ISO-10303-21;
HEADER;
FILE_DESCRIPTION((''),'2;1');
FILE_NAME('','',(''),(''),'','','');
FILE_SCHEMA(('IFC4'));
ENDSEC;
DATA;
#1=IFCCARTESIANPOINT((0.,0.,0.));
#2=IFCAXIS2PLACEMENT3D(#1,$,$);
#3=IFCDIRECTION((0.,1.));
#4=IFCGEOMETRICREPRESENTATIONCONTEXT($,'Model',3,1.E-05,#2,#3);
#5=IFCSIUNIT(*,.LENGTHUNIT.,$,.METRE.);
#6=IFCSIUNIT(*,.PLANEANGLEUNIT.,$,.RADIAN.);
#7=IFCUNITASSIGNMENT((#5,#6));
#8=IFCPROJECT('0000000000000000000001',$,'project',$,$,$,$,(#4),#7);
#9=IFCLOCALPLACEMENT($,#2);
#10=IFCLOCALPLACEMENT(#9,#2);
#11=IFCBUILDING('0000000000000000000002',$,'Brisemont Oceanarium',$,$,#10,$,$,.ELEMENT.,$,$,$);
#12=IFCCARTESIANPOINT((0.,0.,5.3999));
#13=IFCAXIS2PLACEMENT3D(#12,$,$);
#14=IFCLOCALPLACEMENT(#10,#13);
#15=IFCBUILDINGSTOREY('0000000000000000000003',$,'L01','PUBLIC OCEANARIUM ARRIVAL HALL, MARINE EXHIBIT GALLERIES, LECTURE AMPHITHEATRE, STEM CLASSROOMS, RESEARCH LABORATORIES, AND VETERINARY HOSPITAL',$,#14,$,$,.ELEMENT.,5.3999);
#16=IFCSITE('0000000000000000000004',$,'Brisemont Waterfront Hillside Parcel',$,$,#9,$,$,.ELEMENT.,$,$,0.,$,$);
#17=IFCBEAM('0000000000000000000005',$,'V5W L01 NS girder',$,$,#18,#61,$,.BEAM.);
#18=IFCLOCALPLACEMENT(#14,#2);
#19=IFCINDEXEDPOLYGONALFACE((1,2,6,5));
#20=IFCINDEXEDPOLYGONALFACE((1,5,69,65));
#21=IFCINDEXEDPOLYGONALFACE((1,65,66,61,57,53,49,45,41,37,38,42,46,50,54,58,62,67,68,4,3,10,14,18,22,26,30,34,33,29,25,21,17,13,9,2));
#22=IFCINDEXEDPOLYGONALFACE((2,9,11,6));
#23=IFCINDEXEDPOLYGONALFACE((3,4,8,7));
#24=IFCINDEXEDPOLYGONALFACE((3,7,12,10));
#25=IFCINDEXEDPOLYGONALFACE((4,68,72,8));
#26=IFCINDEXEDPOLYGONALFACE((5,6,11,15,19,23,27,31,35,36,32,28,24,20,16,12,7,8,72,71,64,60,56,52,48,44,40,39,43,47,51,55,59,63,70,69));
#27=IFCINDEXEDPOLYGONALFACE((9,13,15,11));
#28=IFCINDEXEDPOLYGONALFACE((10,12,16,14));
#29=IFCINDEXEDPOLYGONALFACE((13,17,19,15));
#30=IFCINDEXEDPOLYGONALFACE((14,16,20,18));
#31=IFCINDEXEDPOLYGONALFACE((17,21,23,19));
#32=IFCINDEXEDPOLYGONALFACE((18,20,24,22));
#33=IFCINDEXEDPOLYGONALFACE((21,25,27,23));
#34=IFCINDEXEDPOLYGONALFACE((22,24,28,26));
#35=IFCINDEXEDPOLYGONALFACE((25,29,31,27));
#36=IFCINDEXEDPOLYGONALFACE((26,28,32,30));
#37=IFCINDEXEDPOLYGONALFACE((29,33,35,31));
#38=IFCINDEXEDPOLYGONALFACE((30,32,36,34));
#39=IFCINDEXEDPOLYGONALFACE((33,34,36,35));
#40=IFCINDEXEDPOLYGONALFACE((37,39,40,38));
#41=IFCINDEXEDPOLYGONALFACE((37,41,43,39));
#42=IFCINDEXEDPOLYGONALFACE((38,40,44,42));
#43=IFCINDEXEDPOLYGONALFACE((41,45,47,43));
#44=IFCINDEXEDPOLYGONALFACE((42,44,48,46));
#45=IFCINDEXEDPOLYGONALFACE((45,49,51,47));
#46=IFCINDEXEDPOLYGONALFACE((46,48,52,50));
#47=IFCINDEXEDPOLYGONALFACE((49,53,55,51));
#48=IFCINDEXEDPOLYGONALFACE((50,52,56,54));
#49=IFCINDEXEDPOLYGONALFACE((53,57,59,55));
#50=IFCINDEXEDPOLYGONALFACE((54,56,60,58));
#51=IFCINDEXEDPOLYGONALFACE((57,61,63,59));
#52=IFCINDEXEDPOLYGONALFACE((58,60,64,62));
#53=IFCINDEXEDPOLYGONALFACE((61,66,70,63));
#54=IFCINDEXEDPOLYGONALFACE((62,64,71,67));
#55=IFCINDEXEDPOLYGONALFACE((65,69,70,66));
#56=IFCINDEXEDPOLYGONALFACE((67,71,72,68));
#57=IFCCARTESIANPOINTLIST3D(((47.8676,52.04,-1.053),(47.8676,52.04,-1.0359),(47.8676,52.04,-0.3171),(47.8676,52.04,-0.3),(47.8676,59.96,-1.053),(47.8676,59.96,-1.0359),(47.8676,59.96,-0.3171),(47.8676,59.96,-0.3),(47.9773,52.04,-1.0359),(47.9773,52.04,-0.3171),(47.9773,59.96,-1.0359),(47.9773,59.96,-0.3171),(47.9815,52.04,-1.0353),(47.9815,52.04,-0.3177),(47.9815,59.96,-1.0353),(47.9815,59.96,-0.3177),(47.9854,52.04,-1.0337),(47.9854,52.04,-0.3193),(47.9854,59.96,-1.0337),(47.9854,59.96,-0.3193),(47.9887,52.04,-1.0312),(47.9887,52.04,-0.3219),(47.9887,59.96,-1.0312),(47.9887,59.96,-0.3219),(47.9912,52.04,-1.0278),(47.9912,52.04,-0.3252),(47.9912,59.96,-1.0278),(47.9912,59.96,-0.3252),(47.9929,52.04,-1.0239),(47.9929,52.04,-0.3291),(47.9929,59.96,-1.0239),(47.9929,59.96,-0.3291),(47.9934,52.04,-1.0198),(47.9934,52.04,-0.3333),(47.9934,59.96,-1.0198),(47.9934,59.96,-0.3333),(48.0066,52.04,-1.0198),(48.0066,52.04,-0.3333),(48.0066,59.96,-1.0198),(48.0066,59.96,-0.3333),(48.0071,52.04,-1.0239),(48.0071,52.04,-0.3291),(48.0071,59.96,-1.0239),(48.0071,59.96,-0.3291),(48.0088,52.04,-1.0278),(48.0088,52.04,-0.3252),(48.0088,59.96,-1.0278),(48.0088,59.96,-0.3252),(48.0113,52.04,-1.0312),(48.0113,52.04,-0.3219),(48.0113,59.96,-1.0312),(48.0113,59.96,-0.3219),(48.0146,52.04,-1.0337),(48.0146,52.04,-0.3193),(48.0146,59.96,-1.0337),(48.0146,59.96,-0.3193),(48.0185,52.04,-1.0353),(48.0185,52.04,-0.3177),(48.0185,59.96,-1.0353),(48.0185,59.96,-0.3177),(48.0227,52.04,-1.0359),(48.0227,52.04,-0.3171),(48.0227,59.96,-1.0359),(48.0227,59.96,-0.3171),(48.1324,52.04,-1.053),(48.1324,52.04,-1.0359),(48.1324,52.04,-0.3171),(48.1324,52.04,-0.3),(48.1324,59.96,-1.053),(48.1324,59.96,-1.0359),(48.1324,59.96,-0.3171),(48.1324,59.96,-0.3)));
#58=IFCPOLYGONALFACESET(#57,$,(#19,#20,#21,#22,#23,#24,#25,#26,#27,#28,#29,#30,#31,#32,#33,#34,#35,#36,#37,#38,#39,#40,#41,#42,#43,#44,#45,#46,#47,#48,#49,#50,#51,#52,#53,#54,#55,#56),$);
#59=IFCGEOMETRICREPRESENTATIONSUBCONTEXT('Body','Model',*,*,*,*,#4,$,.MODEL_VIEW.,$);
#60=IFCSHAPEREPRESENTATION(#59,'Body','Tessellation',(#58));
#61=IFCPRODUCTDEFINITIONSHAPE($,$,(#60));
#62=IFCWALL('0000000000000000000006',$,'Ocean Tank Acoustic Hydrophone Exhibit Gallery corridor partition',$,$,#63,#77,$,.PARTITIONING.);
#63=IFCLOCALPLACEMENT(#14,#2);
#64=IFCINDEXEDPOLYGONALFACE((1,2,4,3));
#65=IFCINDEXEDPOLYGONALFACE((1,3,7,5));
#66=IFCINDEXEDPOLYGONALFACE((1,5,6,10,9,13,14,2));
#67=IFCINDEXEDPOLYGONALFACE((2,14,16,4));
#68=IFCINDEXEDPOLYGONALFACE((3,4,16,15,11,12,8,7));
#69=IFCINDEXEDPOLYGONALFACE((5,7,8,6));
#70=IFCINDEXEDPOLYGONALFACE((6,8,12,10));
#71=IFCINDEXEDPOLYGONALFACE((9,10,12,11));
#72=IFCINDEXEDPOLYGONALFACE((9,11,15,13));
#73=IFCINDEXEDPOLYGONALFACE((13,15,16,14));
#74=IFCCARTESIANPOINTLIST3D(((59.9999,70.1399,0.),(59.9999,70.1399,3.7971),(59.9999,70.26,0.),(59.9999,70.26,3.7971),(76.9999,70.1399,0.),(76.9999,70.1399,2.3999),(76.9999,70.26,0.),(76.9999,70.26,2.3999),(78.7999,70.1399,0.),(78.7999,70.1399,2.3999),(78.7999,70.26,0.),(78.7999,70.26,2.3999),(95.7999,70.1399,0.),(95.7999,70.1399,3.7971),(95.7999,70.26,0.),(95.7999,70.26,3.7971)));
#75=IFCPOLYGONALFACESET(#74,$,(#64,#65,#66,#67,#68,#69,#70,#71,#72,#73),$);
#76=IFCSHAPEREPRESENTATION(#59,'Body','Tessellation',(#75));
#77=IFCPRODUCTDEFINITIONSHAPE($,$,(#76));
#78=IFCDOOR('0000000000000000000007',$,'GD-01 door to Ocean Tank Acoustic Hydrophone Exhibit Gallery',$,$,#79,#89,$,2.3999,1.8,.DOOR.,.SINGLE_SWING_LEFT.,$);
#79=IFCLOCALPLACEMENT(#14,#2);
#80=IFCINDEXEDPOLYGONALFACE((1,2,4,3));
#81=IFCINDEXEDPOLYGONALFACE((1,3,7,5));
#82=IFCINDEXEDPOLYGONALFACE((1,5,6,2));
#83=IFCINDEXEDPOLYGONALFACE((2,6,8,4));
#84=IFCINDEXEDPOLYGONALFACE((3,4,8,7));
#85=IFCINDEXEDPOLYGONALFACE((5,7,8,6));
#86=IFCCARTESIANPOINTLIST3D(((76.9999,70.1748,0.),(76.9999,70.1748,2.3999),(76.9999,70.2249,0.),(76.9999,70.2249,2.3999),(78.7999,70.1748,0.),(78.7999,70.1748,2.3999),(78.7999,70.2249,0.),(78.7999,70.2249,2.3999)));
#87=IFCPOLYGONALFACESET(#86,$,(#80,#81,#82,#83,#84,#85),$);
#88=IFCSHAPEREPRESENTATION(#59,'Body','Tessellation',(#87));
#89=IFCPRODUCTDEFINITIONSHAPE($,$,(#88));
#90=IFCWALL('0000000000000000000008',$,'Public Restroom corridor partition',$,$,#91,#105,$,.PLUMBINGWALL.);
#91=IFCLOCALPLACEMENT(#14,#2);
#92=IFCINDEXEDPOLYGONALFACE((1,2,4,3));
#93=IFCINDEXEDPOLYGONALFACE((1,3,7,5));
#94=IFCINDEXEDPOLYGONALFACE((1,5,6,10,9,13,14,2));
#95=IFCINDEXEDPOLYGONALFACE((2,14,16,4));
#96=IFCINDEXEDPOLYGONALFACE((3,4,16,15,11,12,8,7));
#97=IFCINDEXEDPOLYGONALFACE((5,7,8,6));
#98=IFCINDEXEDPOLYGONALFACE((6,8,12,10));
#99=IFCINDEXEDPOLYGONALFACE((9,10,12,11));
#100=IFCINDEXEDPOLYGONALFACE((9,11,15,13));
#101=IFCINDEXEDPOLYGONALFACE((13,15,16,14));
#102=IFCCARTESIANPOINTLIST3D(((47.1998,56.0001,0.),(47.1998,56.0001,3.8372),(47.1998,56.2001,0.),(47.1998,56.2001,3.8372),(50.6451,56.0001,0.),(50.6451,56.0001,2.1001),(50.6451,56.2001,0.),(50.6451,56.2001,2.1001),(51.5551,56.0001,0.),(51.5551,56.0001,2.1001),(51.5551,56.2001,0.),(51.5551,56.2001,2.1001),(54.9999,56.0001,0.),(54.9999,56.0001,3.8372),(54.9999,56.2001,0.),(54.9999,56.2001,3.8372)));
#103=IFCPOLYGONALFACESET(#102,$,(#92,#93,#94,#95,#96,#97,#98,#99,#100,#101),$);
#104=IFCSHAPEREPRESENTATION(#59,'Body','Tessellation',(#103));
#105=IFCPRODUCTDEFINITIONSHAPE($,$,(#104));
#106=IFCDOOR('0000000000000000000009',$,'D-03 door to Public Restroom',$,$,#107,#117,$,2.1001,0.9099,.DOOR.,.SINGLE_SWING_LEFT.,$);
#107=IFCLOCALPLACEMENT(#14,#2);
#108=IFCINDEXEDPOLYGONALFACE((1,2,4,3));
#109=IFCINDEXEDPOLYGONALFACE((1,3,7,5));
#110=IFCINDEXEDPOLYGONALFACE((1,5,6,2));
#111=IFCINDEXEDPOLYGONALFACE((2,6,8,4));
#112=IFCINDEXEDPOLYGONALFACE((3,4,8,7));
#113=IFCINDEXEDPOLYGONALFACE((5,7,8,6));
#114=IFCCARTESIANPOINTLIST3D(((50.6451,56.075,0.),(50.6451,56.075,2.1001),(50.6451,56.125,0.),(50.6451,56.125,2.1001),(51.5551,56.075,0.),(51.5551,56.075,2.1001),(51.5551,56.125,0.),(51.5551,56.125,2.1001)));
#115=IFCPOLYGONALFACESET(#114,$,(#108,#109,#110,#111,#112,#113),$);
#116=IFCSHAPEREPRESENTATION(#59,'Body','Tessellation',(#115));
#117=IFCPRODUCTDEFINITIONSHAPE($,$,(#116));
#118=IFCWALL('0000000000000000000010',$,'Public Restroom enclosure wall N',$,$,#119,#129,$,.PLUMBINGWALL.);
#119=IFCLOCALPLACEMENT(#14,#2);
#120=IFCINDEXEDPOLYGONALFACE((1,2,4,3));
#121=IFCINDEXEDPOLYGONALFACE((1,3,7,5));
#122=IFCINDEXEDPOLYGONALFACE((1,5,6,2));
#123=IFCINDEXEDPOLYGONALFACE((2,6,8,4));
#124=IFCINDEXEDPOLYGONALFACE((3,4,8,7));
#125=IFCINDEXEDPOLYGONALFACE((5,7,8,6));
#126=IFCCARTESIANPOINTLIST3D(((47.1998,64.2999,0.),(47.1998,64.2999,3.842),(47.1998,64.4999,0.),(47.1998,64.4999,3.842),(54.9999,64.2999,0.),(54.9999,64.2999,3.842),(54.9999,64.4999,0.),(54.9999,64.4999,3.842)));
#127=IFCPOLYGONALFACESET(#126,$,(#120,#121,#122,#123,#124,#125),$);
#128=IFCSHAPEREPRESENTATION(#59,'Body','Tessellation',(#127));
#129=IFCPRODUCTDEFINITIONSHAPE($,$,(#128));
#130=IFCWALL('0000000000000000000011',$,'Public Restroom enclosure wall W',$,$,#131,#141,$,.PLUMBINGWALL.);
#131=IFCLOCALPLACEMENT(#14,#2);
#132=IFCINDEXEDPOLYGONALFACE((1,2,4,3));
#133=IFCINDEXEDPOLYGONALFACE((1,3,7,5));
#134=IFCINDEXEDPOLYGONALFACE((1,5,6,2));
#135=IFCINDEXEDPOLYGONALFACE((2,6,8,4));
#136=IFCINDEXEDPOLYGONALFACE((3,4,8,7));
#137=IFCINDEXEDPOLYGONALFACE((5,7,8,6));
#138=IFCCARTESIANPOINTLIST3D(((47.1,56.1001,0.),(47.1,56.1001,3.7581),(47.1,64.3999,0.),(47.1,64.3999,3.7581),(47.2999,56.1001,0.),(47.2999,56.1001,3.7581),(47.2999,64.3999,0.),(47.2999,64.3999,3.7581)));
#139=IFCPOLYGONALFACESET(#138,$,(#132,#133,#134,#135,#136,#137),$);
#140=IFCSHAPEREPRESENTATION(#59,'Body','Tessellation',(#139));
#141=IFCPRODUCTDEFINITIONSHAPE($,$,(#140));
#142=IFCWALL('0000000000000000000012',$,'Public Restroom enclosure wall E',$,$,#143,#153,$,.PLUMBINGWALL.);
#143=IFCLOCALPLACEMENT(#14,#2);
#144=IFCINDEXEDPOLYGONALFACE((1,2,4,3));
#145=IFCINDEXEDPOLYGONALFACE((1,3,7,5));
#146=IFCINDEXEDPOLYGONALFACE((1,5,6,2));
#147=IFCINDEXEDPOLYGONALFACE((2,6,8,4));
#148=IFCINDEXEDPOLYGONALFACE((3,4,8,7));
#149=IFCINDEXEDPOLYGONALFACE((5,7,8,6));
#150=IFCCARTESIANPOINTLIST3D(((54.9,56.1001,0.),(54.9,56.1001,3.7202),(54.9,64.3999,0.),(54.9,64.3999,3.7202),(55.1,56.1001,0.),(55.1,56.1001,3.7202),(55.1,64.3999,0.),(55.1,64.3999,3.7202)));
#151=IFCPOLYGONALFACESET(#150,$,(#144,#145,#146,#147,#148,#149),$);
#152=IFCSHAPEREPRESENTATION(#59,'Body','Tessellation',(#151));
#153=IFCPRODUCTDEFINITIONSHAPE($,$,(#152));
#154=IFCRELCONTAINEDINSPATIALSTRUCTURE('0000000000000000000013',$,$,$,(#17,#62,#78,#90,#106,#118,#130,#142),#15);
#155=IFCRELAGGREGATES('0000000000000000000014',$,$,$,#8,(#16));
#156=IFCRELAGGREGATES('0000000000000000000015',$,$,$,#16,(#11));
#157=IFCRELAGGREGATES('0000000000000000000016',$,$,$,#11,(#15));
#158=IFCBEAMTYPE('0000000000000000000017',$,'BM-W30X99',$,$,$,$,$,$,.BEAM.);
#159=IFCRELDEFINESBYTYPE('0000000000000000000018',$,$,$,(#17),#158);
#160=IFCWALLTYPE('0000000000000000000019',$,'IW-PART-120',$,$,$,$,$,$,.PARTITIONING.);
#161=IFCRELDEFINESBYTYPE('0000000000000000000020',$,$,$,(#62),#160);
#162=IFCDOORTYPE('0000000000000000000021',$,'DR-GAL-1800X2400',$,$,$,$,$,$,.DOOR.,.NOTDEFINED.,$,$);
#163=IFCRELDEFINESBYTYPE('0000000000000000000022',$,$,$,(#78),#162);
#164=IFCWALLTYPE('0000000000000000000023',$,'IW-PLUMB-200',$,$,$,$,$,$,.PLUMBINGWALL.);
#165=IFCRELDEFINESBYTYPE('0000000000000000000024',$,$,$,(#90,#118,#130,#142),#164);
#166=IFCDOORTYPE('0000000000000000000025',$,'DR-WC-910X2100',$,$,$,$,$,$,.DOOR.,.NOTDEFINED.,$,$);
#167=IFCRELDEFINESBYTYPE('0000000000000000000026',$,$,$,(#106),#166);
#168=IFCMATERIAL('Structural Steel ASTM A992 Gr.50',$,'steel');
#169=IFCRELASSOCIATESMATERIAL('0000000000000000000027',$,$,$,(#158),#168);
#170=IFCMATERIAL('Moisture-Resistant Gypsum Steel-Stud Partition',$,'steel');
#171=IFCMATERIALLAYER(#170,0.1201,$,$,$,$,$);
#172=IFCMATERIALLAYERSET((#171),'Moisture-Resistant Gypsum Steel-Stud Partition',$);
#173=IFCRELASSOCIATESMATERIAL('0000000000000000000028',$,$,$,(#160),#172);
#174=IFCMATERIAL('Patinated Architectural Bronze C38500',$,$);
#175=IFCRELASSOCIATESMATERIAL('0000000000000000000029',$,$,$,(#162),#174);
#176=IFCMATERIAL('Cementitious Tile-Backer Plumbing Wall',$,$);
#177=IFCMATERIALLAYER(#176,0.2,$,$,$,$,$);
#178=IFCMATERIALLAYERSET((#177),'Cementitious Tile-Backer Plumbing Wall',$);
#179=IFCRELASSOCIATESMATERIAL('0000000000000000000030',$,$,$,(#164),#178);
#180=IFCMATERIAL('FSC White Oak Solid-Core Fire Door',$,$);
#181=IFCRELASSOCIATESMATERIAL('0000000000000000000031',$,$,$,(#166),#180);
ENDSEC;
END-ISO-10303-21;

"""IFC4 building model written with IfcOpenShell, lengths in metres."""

from ifc_helpers import new_model, si_unit, direction, frame, frame_2d, origin, origin_2d, place, context, subcontext, project, spatial, rectangle, i_section, extrude, material, layer, layer_set, material_profile, profile_set, type_object, element, fill, save


model = new_model("IFC4")

# Units and contexts
model_context = context("Model", 3, precision=1e-05, world=origin(), true_north=direction((0.0, 1.0)))
body_context = subcontext(model_context, "Body", "Model", "MODEL_VIEW")
ifc_project = project(units=[si_unit("LENGTHUNIT", "METRE"), si_unit("PLANEANGLEUNIT", "RADIAN")], contexts=[model_context])

# Site, building, storey
site_placement = place(None, origin())
site = spatial("IfcSite", under=ifc_project, at=site_placement, Name="Brisemont Waterfront Hillside Parcel", CompositionType="ELEMENT", RefElevation=0.0)
building_placement = place(site_placement, origin())
building = spatial("IfcBuilding", under=site, at=building_placement, Name="Brisemont Oceanarium", CompositionType="ELEMENT")
storey_placement = place(building_placement, frame((0.0, 0.0, 5.3999)))
storey = spatial("IfcBuildingStorey", under=building, at=storey_placement, Name="L01", Description="PUBLIC OCEANARIUM ARRIVAL HALL, MARINE EXHIBIT GALLERIES, LECTURE AMPHITHEATRE, STEM CLASSROOMS, RESEARCH LABORATORIES, AND VETERINARY HOSPITAL", CompositionType="ELEMENT", Elevation=5.3999)

# Beam
ifc_material_1 = material(Name="Structural Steel ASTM A992 Gr.50", Category="steel")
ifc_material_profile_1 = material_profile(ifc_material_1, i_section(OverallWidth=0.2649, OverallDepth=0.7529, WebThickness=0.0132, FlangeThickness=0.0171, FilletRadius=0.0161, at=origin_2d()), Name="W30X99")
ifc_profile_set_1 = profile_set([ifc_material_profile_1], Name="Structural Steel ASTM A992 Gr.50")
beam_type_1 = type_object("IfcBeamType", Name="BM-W30X99", PredefinedType="BEAM", material=ifc_profile_set_1)
beam_1_placement = place(storey_placement, frame((48.0, 52.04, -0.6765), z_axis=(0.0, 1.0, 0.0), x_axis=(-1.0, 0.0, 0.0)))
element("IfcBeam", 1, at=beam_1_placement, inside=storey, type_object=beam_type_1, Name="V5W L01 NS girder", PredefinedType="BEAM", context=body_context, shape_type="SweptSolid", body=[
    extrude(i_section(OverallWidth=0.2649, OverallDepth=0.7529, WebThickness=0.0132, FlangeThickness=0.0171, FilletRadius=0.0161, at=origin_2d()), origin(), (0.0, 0.0, 1.0), 7.9199),
])

# Walls, openings, doors
ifc_material_2 = material(Name="Moisture-Resistant Gypsum Steel-Stud Partition", Category="steel")
ifc_layer_1 = layer(ifc_material_2, 0.1201)
ifc_layer_set_1 = layer_set([ifc_layer_1], Name="Moisture-Resistant Gypsum Steel-Stud Partition")
wall_type_1 = type_object("IfcWallType", Name="IW-PART-120", PredefinedType="PARTITIONING", material=ifc_layer_set_1)
wall_1_placement = place(storey_placement, frame((60.0, 70.2, 0.0), z_axis=(0.0, 0.0, 1.0), x_axis=(1.0, 0.0, 0.0)))
wall_1 = element("IfcWall", 2, at=wall_1_placement, inside=storey, type_object=wall_type_1, Name="Ocean Tank Acoustic Hydrophone Exhibit Gallery corridor partition", PredefinedType="PARTITIONING", context=body_context, shape_type="SweptSolid", body=[
    extrude(rectangle(XDim=35.8, YDim=0.1201, at=frame_2d((17.8999, 0.0))), origin(), (0.0, 0.0, 1.0), 3.7971),
])
opening_1_placement = place(wall_1_placement, frame((17.0, 0.0, 0.0)))
opening_1 = element("IfcOpeningElement", 3, at=opening_1_placement, cuts=wall_1, PredefinedType="OPENING", context=body_context, shape_type="SweptSolid", body=[
    extrude(rectangle(XDim=1.8, YDim=2.3999, at=frame_2d((0.8999, 1.2))), frame((0.0, 0.0701, 0.0), z_axis=(0.0, -1.0, 0.0), x_axis=(1.0, 0.0, 0.0)), (0.0, 0.0, 1.0), 0.1401),
])
ifc_material_3 = material(Name="Patinated Architectural Bronze C38500")
door_type_1 = type_object("IfcDoorType", Name="DR-GAL-1800X2400", OperationType="NOTDEFINED", PredefinedType="DOOR", material=ifc_material_3)
door_1_placement = place(opening_1_placement, origin())
door_1 = element("IfcDoor", 4, at=door_1_placement, inside=storey, type_object=door_type_1, Name="GD-01 door to Ocean Tank Acoustic Hydrophone Exhibit Gallery", OperationType="SINGLE_SWING_LEFT", OverallHeight=2.3999, OverallWidth=1.8, PredefinedType="DOOR", context=body_context, shape_type="SweptSolid", body=[
    extrude(rectangle(XDim=1.8, YDim=2.3999, at=frame_2d((0.8999, 1.2))), frame((0.0, 0.0249, 0.0), z_axis=(0.0, -1.0, 0.0), x_axis=(1.0, 0.0, 0.0)), (0.0, 0.0, 1.0), 0.05),
])
fill(opening_1, door_1)
ifc_material_4 = material(Name="Cementitious Tile-Backer Plumbing Wall")
ifc_layer_2 = layer(ifc_material_4, 0.2)
ifc_layer_set_2 = layer_set([ifc_layer_2], Name="Cementitious Tile-Backer Plumbing Wall")
wall_type_2 = type_object("IfcWallType", Name="IW-PLUMB-200", PredefinedType="PLUMBINGWALL", material=ifc_layer_set_2)
wall_2_placement = place(storey_placement, frame((47.2, 56.1001, 0.0), z_axis=(0.0, 0.0, 1.0), x_axis=(1.0, 0.0, 0.0)))
wall_2 = element("IfcWall", 5, at=wall_2_placement, inside=storey, type_object=wall_type_2, Name="Public Restroom corridor partition", PredefinedType="PLUMBINGWALL", context=body_context, shape_type="SweptSolid", body=[
    extrude(rectangle(XDim=7.8, YDim=0.2, at=frame_2d((3.8999, 0.0))), origin(), (0.0, 0.0, 1.0), 3.8372),
])
opening_2_placement = place(wall_2_placement, frame((3.4451, 0.0, 0.0)))
opening_2 = element("IfcOpeningElement", 6, at=opening_2_placement, cuts=wall_2, PredefinedType="OPENING", context=body_context, shape_type="SweptSolid", body=[
    extrude(rectangle(XDim=0.9099, YDim=2.1001, at=frame_2d((0.4551, 1.05))), frame((0.0, 0.1099, 0.0), z_axis=(0.0, -1.0, 0.0), x_axis=(1.0, 0.0, 0.0)), (0.0, 0.0, 1.0), 0.22),
])
ifc_material_5 = material(Name="FSC White Oak Solid-Core Fire Door")
door_type_2 = type_object("IfcDoorType", Name="DR-WC-910X2100", OperationType="NOTDEFINED", PredefinedType="DOOR", material=ifc_material_5)
door_2_placement = place(opening_2_placement, origin())
door_2 = element("IfcDoor", 7, at=door_2_placement, inside=storey, type_object=door_type_2, Name="D-03 door to Public Restroom", OperationType="SINGLE_SWING_LEFT", OverallHeight=2.1001, OverallWidth=0.9099, PredefinedType="DOOR", context=body_context, shape_type="SweptSolid", body=[
    extrude(rectangle(XDim=0.9099, YDim=2.1001, at=frame_2d((0.4551, 1.05))), frame((0.0, 0.0249, 0.0), z_axis=(0.0, -1.0, 0.0), x_axis=(1.0, 0.0, 0.0)), (0.0, 0.0, 1.0), 0.05),
])
fill(opening_2, door_2)

# Walls
wall_3_placement = place(storey_placement, frame((47.2, 64.3999, 0.0), z_axis=(0.0, 0.0, 1.0), x_axis=(1.0, 0.0, 0.0)))
element("IfcWall", 8, at=wall_3_placement, inside=storey, type_object=wall_type_2, Name="Public Restroom enclosure wall N", PredefinedType="PLUMBINGWALL", context=body_context, shape_type="SweptSolid", body=[
    extrude(rectangle(XDim=7.8, YDim=0.2, at=frame_2d((3.8999, 0.0))), origin(), (0.0, 0.0, 1.0), 3.842),
])
wall_4_placement = place(storey_placement, frame((47.2, 56.1001, 0.0), z_axis=(0.0, 0.0, 1.0), x_axis=(0.0, 1.0, 0.0)))
element("IfcWall", 9, at=wall_4_placement, inside=storey, type_object=wall_type_2, Name="Public Restroom enclosure wall W", PredefinedType="PLUMBINGWALL", context=body_context, shape_type="SweptSolid", body=[
    extrude(rectangle(XDim=8.2998, YDim=0.2, at=frame_2d((4.1499, 0.0))), origin(), (0.0, 0.0, 1.0), 3.7581),
])
wall_5_placement = place(storey_placement, frame((55.0, 56.1001, 0.0), z_axis=(0.0, 0.0, 1.0), x_axis=(0.0, 1.0, 0.0)))
element("IfcWall", 10, at=wall_5_placement, inside=storey, type_object=wall_type_2, Name="Public Restroom enclosure wall E", PredefinedType="PLUMBINGWALL", context=body_context, shape_type="SweptSolid", body=[
    extrude(rectangle(XDim=8.2998, YDim=0.2, at=frame_2d((4.1499, 0.0))), origin(), (0.0, 0.0, 1.0), 3.7202),
])

save(model, "model.ifc")
